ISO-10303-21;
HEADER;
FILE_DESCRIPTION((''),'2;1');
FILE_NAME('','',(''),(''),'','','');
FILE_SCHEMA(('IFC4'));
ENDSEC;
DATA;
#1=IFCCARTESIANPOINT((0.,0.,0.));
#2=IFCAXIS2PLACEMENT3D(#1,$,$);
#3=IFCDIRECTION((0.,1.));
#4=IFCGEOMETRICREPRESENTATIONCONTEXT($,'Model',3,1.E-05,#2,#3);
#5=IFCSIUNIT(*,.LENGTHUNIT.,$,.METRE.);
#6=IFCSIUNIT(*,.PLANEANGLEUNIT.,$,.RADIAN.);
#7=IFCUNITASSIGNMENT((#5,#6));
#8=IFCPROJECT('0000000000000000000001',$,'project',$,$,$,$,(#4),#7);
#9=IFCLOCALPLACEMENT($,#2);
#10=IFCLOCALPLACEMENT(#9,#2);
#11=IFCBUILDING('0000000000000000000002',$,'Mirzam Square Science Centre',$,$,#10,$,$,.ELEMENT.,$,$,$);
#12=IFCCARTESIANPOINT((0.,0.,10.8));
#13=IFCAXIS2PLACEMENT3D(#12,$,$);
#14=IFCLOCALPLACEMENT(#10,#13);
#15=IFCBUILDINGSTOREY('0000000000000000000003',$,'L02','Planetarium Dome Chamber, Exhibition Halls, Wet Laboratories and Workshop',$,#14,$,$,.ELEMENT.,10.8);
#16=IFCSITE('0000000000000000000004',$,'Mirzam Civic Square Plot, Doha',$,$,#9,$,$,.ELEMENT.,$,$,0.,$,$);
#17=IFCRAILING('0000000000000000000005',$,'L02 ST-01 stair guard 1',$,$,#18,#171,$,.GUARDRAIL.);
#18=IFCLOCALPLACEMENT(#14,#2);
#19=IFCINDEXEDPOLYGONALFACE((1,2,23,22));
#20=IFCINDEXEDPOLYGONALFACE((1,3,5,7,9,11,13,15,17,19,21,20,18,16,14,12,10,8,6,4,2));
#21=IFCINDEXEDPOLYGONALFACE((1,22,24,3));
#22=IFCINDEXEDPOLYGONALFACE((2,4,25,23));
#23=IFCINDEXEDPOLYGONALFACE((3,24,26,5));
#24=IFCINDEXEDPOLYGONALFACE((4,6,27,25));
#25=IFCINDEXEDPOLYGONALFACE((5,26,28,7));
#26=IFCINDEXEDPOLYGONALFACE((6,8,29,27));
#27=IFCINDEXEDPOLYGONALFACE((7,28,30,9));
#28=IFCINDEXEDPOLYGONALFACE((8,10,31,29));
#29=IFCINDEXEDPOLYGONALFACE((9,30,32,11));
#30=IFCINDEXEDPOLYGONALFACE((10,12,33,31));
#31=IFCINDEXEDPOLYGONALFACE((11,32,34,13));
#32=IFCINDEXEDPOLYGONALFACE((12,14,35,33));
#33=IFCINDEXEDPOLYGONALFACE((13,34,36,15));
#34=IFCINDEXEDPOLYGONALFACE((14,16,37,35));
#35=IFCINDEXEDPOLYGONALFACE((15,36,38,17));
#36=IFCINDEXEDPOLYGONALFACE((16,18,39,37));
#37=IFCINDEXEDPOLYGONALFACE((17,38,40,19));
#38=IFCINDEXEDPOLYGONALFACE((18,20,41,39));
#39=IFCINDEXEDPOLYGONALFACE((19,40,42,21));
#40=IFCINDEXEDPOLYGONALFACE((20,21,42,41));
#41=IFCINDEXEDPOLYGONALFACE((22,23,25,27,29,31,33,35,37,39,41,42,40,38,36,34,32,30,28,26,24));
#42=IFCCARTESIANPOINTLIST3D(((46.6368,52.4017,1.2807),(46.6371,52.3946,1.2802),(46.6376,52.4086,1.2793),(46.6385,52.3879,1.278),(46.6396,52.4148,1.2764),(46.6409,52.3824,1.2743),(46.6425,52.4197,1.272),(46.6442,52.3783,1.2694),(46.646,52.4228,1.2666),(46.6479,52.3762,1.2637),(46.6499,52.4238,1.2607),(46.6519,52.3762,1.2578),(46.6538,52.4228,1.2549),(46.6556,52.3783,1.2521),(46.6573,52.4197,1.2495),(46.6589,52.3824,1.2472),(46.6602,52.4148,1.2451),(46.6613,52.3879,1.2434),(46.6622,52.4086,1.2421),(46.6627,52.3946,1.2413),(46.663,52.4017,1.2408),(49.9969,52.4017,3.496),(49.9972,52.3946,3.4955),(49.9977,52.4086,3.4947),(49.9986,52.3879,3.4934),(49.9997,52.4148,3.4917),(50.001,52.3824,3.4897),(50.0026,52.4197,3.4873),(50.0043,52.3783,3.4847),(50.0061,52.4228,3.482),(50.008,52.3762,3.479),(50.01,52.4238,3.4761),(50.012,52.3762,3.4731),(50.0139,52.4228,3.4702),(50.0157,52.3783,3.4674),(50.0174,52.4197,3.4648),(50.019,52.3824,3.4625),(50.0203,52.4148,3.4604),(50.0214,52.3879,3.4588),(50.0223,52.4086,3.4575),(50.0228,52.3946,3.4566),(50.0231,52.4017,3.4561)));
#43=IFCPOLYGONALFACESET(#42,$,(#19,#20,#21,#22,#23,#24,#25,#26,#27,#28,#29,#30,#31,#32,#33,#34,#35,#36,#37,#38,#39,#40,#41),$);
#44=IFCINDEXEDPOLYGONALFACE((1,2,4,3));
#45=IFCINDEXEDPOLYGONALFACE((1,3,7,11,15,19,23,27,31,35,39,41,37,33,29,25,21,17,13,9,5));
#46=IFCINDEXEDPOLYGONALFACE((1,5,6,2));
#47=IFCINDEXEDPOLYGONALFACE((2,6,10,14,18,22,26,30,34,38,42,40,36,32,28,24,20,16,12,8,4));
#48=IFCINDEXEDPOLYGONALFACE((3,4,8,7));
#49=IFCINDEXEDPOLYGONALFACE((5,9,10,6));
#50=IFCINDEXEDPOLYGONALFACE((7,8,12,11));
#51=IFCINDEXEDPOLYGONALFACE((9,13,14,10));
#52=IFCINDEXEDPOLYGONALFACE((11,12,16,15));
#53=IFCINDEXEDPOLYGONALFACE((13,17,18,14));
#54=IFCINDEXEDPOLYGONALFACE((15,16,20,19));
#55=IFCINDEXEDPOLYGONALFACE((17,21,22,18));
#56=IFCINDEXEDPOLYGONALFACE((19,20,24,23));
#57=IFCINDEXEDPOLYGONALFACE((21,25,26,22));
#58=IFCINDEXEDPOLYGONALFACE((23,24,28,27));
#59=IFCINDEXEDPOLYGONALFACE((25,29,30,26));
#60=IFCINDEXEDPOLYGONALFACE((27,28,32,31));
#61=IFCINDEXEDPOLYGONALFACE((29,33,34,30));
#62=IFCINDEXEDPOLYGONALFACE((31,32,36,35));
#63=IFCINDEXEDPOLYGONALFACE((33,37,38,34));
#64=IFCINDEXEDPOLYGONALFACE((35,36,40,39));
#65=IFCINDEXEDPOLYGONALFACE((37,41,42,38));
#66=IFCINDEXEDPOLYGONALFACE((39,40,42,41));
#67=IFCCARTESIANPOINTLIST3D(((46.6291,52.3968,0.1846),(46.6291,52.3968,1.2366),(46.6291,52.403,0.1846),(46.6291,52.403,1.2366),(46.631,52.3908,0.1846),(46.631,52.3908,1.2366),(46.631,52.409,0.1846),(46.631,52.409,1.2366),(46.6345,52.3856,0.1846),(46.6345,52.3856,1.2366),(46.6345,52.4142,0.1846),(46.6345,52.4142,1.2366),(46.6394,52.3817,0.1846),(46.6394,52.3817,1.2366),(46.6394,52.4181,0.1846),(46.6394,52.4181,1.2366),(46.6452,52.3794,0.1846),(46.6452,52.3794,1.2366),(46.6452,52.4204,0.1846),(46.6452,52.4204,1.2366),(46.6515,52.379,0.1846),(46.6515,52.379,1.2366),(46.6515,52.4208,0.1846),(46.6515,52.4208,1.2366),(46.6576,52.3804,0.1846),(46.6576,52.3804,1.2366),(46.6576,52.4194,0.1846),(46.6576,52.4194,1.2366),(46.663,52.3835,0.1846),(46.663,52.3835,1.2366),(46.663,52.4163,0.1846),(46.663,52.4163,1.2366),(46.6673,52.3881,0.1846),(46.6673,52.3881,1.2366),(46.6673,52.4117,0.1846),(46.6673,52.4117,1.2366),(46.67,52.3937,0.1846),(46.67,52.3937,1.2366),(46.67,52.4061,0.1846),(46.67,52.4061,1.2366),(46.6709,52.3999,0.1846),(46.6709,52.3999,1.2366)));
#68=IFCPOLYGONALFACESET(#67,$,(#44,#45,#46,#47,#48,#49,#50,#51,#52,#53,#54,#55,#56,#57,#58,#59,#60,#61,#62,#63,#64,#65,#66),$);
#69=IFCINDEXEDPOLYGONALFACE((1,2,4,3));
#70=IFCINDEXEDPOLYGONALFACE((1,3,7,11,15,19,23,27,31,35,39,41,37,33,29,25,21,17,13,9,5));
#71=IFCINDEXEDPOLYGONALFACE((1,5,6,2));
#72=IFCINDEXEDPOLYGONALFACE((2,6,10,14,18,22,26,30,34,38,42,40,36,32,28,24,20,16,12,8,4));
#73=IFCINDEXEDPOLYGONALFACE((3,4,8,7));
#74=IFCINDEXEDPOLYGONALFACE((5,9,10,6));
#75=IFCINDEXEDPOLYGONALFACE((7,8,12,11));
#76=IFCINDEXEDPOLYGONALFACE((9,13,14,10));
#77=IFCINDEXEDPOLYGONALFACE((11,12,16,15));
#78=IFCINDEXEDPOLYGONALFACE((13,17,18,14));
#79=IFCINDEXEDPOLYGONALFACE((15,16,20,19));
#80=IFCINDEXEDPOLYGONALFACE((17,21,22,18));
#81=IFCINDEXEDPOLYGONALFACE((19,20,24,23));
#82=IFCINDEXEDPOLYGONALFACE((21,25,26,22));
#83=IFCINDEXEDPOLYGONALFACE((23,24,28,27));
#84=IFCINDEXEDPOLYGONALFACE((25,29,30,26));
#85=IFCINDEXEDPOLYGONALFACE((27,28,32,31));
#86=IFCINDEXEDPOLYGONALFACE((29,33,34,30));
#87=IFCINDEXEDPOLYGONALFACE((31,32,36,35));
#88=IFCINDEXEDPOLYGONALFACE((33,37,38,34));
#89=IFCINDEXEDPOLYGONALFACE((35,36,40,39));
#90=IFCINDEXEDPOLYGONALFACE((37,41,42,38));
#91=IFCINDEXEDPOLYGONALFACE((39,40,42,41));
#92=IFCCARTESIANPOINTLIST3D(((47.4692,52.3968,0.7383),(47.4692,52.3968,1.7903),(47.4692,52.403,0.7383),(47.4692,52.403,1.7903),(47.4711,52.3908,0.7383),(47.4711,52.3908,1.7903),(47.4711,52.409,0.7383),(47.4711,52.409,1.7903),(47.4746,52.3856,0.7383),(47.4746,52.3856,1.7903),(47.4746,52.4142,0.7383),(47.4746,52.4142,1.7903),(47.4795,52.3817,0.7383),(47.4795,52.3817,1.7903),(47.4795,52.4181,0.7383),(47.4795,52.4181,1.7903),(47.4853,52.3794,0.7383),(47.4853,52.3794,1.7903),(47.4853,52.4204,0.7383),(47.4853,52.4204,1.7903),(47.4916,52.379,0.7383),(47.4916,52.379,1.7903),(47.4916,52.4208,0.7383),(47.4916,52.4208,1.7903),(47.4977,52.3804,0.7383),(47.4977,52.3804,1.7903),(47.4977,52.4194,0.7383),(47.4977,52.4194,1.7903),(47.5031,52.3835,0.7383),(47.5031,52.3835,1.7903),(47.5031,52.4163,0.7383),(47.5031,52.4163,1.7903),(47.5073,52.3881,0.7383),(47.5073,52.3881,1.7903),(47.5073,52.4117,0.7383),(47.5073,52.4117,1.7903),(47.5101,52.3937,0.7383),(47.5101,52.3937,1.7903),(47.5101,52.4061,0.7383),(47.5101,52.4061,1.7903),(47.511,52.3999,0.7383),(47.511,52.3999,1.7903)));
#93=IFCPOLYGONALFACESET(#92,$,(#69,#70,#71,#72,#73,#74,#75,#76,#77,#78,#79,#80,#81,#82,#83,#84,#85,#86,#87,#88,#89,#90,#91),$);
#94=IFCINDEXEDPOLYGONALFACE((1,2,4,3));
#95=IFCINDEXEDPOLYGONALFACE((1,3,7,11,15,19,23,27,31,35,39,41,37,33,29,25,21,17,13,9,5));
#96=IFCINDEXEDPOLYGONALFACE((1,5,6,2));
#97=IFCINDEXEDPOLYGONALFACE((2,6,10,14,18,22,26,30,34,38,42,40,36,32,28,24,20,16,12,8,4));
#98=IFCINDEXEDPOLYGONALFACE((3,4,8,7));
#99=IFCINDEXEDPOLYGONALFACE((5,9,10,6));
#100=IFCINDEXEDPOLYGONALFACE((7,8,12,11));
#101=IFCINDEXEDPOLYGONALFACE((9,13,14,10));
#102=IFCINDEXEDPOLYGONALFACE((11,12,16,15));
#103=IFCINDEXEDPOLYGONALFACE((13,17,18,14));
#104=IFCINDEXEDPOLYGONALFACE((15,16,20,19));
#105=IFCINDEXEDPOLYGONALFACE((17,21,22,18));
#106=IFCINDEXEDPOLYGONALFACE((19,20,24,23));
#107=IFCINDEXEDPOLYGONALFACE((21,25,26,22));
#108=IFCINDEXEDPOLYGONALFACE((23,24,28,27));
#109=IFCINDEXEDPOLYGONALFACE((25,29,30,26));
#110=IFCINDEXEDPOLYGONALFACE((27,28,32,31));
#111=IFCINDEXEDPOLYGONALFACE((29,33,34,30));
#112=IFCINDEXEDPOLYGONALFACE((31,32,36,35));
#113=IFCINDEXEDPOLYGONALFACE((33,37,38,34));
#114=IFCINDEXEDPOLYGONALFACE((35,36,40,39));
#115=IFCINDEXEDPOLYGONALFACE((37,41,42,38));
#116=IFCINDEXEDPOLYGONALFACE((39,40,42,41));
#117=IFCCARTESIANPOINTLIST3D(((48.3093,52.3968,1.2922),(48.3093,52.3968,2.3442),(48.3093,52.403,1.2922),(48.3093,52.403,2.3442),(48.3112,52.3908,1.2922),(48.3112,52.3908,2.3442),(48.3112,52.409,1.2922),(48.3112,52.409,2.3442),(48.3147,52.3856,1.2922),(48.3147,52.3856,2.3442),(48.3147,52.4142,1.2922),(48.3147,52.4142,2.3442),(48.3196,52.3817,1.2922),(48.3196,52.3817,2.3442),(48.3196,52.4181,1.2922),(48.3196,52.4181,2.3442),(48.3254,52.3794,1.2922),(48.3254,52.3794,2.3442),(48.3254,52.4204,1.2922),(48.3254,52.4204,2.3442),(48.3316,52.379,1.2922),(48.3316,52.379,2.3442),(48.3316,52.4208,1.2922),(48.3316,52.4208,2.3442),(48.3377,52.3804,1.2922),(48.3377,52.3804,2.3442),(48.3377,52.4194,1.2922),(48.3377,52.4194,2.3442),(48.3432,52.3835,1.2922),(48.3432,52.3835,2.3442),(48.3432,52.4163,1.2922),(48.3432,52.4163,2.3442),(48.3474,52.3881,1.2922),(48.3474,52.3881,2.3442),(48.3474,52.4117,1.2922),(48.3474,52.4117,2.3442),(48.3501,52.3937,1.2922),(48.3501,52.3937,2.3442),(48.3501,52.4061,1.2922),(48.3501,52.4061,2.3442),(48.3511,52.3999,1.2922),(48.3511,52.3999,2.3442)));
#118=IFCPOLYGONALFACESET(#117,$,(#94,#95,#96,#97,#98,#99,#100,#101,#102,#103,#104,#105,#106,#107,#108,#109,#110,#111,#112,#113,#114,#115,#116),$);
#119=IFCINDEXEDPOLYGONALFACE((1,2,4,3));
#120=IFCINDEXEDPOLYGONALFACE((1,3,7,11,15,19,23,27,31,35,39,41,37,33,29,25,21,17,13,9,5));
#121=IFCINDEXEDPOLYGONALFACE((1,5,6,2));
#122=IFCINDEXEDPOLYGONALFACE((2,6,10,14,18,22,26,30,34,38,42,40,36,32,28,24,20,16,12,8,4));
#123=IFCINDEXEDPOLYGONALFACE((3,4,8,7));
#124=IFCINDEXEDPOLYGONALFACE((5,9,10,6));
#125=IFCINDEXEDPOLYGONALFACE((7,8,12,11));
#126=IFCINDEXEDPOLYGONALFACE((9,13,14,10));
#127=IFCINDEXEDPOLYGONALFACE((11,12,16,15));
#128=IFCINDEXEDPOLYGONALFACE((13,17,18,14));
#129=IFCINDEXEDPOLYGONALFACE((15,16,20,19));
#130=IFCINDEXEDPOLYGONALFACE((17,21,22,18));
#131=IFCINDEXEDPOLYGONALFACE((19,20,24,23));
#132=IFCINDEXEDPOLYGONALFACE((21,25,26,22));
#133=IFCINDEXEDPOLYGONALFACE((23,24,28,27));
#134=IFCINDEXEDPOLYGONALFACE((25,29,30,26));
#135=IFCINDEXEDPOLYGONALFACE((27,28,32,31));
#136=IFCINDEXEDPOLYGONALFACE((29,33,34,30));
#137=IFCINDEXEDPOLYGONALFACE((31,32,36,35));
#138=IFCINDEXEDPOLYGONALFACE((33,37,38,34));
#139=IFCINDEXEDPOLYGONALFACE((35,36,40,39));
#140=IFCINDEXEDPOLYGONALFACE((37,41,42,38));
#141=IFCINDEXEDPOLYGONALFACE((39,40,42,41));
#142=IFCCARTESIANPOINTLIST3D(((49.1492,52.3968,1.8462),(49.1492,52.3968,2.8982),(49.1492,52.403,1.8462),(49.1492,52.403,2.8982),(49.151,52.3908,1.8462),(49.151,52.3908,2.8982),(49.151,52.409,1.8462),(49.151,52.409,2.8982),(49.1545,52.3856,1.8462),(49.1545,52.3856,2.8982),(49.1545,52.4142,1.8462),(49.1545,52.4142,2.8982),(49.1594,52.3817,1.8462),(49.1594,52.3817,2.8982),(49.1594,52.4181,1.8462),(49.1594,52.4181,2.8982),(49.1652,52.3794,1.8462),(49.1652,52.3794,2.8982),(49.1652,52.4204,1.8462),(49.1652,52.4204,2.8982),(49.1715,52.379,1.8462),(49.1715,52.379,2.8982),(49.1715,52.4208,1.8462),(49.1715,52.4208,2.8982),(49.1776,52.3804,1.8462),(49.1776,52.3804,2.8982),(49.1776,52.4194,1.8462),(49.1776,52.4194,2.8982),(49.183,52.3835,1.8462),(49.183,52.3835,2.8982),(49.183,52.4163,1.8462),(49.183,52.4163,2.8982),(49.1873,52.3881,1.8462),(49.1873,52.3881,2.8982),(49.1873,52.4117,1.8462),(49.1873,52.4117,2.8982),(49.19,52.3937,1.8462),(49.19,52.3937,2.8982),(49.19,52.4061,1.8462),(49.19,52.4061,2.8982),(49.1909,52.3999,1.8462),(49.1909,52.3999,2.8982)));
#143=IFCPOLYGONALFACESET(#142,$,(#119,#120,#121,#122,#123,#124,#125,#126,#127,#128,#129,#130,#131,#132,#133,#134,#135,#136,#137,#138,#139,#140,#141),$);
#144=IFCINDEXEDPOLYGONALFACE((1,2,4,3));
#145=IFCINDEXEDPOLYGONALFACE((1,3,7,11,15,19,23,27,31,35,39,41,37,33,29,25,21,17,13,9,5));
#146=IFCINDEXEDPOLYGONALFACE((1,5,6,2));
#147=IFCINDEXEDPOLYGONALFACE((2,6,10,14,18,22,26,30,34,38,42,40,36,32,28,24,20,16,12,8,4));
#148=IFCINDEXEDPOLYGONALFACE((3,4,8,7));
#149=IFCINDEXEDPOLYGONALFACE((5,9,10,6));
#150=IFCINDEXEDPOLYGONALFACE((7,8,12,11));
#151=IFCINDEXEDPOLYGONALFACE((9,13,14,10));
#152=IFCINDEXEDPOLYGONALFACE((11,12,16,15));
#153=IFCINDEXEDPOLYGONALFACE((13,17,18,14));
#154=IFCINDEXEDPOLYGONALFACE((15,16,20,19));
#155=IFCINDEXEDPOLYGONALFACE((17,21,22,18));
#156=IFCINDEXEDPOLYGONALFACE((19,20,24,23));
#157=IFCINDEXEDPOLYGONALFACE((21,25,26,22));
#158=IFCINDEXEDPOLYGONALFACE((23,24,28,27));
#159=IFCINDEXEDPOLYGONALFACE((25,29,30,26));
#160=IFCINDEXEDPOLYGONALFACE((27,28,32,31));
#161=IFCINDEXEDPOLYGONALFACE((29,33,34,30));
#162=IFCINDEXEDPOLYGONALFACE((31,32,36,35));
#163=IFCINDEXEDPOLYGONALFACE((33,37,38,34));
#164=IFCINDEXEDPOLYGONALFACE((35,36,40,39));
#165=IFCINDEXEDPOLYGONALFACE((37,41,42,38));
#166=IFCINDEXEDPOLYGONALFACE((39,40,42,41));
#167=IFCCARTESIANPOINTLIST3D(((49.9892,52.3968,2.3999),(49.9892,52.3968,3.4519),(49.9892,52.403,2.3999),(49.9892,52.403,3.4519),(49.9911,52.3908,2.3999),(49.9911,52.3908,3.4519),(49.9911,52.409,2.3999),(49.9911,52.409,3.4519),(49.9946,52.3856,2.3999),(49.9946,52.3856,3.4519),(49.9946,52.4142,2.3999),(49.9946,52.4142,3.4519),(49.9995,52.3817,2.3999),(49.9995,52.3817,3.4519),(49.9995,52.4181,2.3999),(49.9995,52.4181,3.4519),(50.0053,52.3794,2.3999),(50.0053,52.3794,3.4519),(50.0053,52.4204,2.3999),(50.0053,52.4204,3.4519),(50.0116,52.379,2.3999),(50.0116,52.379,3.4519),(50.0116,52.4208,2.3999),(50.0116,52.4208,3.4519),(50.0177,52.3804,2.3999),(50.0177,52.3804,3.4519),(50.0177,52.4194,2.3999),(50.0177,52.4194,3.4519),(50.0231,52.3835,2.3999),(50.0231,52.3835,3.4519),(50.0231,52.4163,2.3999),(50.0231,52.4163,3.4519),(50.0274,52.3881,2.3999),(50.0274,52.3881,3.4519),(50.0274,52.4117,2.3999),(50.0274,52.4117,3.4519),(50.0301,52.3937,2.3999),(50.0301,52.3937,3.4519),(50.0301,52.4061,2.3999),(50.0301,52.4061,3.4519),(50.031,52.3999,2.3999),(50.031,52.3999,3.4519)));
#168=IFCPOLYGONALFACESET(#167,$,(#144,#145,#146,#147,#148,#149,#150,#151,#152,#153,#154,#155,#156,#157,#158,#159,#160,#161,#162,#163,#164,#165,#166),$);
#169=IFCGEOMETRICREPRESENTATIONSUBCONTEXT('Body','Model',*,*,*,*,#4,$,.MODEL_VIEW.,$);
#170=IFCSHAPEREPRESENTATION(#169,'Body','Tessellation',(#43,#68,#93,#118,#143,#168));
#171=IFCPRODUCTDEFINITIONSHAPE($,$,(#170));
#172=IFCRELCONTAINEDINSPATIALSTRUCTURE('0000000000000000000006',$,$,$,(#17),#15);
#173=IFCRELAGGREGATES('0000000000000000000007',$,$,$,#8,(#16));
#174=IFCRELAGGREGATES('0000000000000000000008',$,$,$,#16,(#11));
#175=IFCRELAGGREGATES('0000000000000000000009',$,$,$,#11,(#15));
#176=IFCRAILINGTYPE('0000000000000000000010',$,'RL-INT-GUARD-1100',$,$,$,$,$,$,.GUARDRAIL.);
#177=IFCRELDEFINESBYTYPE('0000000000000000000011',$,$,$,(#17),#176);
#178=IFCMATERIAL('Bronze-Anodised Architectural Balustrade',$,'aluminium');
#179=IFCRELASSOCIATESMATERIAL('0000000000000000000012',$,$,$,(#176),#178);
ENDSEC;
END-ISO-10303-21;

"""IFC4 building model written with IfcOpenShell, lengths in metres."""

from ifc_helpers import new_model, si_unit, direction, frame, origin, origin_2d, place, context, subcontext, project, spatial, circle, extrude, material, type_object, element, save


model = new_model("IFC4")

# Units and contexts
model_context = context("Model", 3, precision=1e-05, world=origin(), true_north=direction((0.0, 1.0)))
body_context = subcontext(model_context, "Body", "Model", "MODEL_VIEW")
ifc_project = project(units=[si_unit("LENGTHUNIT", "METRE"), si_unit("PLANEANGLEUNIT", "RADIAN")], contexts=[model_context])

# Site, building, storey
site_placement = place(None, origin())
site = spatial("IfcSite", under=ifc_project, at=site_placement, Name="Mirzam Civic Square Plot, Doha", CompositionType="ELEMENT", RefElevation=0.0)
building_placement = place(site_placement, origin())
building = spatial("IfcBuilding", under=site, at=building_placement, Name="Mirzam Square Science Centre", CompositionType="ELEMENT")
storey_placement = place(building_placement, frame((0.0, 0.0, 10.8)))
storey = spatial("IfcBuildingStorey", under=building, at=storey_placement, Name="L02", Description="Planetarium Dome Chamber, Exhibition Halls, Wet Laboratories and Workshop", CompositionType="ELEMENT", Elevation=10.8)

# Railing
ifc_material_1 = material(Name="Bronze-Anodised Architectural Balustrade", Category="aluminium")
railing_type_1 = type_object("IfcRailingType", Name="RL-INT-GUARD-1100", PredefinedType="GUARDRAIL", material=ifc_material_1)
railing_1_placement = place(storey_placement, frame((46.6499, 52.3999, 0.1846)))
element("IfcRailing", 1, at=railing_1_placement, inside=storey, type_object=railing_type_1, Name="L02 ST-01 stair guard 1", PredefinedType="GUARDRAIL", context=body_context, shape_type="SweptSolid", body=[
    extrude(circle(Radius=0.0239, at=origin_2d()), frame((0.0, 0.0, 1.0762), z_axis=(0.834876, 0.0, 0.550437), x_axis=(0.0, 1.0, 0.0)), (0.0, 0.0, 1.0), 4.0247),
    extrude(circle(Radius=0.021, at=origin_2d()), origin(), (0.0, 0.0, 1.0), 1.052),
    extrude(circle(Radius=0.021, at=origin_2d()), frame((0.8401, 0.0, 0.5537)), (0.0, 0.0, 1.0), 1.052),
    extrude(circle(Radius=0.021, at=origin_2d()), frame((1.6802, 0.0, 1.1077)), (0.0, 0.0, 1.0), 1.052),
    extrude(circle(Radius=0.021, at=origin_2d()), frame((2.52, 0.0, 1.6616)), (0.0, 0.0, 1.0), 1.052),
    extrude(circle(Radius=0.021, at=origin_2d()), frame((3.3601, 0.0, 2.2153)), (0.0, 0.0, 1.0), 1.052),
])

save(model, "model.ifc")
